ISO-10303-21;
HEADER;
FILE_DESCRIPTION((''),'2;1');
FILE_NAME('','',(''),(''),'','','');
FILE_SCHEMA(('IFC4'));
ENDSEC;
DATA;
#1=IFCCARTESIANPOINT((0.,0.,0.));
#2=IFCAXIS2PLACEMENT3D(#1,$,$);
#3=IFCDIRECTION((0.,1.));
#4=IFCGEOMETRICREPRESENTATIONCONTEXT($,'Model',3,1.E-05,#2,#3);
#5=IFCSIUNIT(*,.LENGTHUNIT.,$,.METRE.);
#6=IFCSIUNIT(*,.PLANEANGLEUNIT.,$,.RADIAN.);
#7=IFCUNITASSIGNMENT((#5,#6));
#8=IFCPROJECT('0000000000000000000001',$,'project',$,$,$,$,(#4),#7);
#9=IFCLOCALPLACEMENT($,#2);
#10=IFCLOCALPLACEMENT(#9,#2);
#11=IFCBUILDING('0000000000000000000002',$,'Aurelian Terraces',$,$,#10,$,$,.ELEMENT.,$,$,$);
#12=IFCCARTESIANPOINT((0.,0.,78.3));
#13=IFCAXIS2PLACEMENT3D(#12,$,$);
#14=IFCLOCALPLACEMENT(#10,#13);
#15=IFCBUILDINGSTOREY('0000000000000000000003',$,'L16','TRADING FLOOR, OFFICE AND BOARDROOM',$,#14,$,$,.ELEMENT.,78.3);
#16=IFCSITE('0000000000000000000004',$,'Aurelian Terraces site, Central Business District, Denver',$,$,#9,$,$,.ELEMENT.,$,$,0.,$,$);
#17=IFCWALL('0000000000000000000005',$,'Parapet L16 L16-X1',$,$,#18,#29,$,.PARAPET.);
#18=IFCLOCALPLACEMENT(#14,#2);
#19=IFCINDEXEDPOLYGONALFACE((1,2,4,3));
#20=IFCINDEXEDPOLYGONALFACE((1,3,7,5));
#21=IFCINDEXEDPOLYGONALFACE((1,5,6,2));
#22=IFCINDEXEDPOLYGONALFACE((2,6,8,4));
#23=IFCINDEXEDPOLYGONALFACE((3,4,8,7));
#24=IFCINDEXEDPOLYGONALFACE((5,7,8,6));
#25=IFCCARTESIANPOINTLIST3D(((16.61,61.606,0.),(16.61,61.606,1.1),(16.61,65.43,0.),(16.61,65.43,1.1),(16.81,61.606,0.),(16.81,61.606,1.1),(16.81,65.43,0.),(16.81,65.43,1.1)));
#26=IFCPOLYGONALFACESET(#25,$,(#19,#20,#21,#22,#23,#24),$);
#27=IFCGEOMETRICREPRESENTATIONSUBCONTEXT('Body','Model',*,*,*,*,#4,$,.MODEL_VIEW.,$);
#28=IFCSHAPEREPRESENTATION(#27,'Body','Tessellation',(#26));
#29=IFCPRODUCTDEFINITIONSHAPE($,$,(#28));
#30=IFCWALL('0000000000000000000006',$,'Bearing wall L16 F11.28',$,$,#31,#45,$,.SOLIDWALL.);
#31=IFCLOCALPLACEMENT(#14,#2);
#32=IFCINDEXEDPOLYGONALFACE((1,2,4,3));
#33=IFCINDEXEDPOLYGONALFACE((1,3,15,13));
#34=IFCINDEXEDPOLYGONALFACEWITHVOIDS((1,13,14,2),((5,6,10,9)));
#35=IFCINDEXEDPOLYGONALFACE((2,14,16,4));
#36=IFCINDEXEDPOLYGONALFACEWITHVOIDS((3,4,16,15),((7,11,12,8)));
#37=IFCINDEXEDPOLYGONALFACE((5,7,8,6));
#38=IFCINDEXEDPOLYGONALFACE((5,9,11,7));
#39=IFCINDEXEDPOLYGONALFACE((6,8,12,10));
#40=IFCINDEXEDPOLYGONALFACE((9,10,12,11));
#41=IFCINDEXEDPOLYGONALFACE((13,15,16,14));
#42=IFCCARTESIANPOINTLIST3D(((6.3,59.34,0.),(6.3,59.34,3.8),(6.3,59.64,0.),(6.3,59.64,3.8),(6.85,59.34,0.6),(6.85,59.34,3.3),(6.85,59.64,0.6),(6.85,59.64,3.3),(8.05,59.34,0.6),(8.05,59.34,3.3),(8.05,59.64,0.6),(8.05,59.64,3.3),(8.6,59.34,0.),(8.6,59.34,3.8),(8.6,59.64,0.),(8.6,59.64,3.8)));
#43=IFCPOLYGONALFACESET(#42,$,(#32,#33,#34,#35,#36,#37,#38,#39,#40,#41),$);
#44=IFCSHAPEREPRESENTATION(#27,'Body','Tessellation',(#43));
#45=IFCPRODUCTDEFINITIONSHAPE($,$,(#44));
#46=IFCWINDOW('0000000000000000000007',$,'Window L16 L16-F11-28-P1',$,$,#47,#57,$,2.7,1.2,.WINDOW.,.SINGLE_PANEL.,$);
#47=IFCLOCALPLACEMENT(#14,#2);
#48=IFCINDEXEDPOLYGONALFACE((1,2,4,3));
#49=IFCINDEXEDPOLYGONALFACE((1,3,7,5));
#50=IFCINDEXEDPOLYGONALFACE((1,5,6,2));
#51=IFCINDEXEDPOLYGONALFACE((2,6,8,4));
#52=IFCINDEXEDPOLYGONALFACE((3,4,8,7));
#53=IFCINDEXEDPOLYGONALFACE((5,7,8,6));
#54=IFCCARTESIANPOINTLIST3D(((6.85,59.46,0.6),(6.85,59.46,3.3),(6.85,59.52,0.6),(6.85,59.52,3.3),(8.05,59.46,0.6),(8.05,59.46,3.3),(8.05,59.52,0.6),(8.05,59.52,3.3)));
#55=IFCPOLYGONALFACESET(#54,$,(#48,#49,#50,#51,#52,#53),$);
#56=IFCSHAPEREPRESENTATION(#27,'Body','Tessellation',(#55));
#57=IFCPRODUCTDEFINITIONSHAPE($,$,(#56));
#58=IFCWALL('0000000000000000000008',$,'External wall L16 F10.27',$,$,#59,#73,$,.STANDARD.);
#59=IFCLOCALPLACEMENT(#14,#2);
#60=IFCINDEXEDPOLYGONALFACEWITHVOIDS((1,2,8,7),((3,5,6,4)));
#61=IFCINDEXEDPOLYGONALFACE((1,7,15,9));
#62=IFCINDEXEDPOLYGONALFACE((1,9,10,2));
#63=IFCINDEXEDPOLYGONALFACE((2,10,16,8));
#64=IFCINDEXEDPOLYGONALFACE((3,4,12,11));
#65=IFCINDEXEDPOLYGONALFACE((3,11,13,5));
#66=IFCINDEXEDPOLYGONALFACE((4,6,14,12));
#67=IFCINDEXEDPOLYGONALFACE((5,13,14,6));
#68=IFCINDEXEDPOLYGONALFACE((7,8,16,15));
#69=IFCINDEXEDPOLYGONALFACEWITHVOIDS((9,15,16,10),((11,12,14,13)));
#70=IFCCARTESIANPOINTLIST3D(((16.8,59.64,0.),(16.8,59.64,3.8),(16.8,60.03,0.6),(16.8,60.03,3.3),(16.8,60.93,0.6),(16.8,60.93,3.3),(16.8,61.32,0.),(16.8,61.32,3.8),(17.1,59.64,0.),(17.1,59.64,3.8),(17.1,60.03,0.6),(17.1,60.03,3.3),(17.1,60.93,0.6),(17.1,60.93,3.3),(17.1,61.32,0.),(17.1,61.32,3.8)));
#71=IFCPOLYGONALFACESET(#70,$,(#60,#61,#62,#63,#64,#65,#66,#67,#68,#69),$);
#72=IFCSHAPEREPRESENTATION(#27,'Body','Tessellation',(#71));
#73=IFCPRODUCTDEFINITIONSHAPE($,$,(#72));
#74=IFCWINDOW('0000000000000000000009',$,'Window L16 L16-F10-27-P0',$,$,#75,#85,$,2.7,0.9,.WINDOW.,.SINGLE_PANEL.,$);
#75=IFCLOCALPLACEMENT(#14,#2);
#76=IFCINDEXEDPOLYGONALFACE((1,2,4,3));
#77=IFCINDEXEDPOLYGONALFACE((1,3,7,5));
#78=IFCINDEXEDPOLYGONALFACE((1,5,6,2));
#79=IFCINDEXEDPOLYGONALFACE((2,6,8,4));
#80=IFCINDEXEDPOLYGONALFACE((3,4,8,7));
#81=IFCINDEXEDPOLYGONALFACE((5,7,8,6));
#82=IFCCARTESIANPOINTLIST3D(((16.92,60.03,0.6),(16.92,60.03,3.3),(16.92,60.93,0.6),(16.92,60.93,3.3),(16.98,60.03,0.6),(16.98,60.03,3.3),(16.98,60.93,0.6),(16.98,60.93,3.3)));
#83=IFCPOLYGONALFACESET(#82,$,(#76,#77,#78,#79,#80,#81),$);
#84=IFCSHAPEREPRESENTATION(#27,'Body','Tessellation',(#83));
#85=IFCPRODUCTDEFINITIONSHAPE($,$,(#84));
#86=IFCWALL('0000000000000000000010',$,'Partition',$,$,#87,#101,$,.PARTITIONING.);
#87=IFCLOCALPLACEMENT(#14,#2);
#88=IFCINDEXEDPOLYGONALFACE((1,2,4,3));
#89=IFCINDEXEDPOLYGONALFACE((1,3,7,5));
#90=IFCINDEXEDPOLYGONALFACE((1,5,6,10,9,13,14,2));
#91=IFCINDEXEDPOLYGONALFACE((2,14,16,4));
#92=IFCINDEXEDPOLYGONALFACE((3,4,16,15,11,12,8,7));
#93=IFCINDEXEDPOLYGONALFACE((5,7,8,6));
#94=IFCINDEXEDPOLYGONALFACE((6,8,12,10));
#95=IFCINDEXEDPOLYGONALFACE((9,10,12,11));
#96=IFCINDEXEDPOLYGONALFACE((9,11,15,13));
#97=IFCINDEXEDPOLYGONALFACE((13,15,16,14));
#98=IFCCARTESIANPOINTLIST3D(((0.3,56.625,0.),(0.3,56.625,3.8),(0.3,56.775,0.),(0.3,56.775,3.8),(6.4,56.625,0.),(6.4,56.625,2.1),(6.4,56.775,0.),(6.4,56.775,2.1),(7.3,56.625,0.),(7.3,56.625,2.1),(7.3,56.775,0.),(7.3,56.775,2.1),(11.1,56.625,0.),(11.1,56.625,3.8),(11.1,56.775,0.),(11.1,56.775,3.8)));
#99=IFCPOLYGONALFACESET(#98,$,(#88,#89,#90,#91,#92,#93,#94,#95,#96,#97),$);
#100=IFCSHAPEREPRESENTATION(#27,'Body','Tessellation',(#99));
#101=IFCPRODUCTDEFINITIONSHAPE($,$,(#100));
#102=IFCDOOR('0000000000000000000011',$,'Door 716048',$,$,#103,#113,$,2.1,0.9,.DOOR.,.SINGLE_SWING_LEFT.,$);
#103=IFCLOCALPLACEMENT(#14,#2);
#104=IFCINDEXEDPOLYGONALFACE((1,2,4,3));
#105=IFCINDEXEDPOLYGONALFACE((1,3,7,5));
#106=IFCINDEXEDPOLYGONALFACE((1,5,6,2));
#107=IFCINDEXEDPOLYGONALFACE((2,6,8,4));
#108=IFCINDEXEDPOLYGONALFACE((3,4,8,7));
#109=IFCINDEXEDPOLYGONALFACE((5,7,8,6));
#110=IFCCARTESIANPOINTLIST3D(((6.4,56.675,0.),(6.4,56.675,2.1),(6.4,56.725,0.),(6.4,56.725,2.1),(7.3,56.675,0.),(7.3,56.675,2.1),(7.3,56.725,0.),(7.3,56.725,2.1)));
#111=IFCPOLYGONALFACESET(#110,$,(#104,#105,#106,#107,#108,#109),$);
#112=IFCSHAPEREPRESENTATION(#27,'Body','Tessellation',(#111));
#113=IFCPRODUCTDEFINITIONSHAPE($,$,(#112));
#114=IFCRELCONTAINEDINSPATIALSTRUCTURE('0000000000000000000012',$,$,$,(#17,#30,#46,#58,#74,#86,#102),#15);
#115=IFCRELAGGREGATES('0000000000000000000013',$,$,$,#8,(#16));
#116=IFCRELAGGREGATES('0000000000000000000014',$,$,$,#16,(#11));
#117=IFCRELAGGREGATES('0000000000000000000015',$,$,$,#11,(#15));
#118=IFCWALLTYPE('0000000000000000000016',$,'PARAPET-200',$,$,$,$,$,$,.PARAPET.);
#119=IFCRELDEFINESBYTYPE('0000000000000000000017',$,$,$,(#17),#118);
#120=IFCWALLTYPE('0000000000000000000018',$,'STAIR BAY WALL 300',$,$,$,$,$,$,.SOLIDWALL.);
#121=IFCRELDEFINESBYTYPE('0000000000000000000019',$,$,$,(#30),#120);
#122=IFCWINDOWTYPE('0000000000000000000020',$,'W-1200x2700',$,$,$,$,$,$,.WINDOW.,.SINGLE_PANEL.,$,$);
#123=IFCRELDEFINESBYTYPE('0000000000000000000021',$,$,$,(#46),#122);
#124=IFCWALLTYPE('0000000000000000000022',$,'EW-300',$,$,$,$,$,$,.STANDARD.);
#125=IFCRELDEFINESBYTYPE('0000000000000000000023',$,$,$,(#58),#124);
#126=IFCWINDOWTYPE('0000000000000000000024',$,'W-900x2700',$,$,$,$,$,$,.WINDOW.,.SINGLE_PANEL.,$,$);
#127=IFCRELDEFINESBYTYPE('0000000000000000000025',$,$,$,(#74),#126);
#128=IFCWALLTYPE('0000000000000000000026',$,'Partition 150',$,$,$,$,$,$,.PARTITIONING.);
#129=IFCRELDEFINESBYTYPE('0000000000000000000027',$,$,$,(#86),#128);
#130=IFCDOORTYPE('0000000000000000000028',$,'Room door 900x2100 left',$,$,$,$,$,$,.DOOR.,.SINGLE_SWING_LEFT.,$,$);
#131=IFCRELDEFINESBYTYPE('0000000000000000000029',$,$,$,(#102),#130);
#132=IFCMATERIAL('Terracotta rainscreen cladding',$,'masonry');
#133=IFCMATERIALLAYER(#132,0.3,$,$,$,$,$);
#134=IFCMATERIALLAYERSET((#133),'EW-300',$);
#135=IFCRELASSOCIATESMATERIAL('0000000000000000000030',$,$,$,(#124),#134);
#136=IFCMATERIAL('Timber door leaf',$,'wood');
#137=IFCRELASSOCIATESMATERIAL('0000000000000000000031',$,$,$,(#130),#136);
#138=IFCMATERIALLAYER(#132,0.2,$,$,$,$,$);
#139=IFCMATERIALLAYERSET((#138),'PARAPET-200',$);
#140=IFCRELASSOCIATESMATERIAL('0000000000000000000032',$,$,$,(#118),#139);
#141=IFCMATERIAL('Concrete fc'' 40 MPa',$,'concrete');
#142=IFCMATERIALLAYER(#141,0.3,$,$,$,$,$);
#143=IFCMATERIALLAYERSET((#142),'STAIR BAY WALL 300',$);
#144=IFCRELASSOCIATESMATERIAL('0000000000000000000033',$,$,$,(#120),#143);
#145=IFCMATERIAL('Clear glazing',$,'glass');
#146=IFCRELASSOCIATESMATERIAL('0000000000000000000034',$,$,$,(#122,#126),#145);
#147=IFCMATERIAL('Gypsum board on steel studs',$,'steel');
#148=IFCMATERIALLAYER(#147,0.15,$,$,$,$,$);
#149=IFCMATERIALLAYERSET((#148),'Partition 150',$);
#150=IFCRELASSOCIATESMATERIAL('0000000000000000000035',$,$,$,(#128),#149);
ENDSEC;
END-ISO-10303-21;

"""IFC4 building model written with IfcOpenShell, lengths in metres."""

from ifc_helpers import new_model, si_unit, direction, frame, frame_2d, origin, place, context, subcontext, project, spatial, rectangle, extrude, source, transform, mapped, material, layer, layer_set, type_object, element, fill, save


model = new_model("IFC4")

# Units and contexts
model_context = context("Model", 3, precision=1e-05, world=origin(), true_north=direction((0.0, 1.0)))
body_context = subcontext(model_context, "Body", "Model", "MODEL_VIEW")
ifc_project = project(units=[si_unit("LENGTHUNIT", "METRE"), si_unit("PLANEANGLEUNIT", "RADIAN")], contexts=[model_context])

# Site, building, storey
site_placement = place(None, origin())
site = spatial("IfcSite", under=ifc_project, at=site_placement, Name="Aurelian Terraces site, Central Business District, Denver", CompositionType="ELEMENT", RefElevation=0.0)
building_placement = place(site_placement, origin())
building = spatial("IfcBuilding", under=site, at=building_placement, Name="Aurelian Terraces", CompositionType="ELEMENT")
storey_placement = place(building_placement, frame((0.0, 0.0, 78.3)))
storey = spatial("IfcBuildingStorey", under=building, at=storey_placement, Name="L16", Description="TRADING FLOOR, OFFICE AND BOARDROOM", CompositionType="ELEMENT", Elevation=78.3)

# Shared definitions
ifc_material_1 = material(Name="Terracotta rainscreen cladding", Category="masonry")
ifc_layer_1 = layer(ifc_material_1, 0.3)
ifc_layer_set_1 = layer_set([ifc_layer_1], Name="EW-300")
wall_type_1 = type_object("IfcWallType", Name="EW-300", PredefinedType="STANDARD", material=ifc_layer_set_1)
ifc_material_2 = material(Name="Clear glazing", Category="glass")

# Shared definitions
ifc_material_3 = material(Name="Gypsum board on steel studs", Category="steel")
shared_shape_1 = source(origin(), body_context, "Body", "SweptSolid", [
    extrude(rectangle(XDim=0.9, YDim=2.1, at=frame_2d((0.45, 1.05))), frame((0.0, 0.085, 0.0), z_axis=(0.0, -1.0, 0.0), x_axis=(1.0, 0.0, 0.0)), (0.0, 0.0, 1.0), 0.17),
])
ifc_material_4 = material(Name="Timber door leaf", Category="wood")
shared_shape_2 = source(origin(), body_context, "Body", "SweptSolid", [
    extrude(rectangle(XDim=0.9, YDim=2.1, at=frame_2d((0.45, 1.05))), frame((0.0, 0.025, 0.0), z_axis=(0.0, -1.0, 0.0), x_axis=(1.0, 0.0, 0.0)), (0.0, 0.0, 1.0), 0.05),
])
door_type_1 = type_object("IfcDoorType", Name="Room door 900x2100 left", OperationType="SINGLE_SWING_LEFT", PredefinedType="DOOR", material=ifc_material_4)

# Wall
ifc_layer_2 = layer(ifc_material_1, 0.2)
ifc_layer_set_2 = layer_set([ifc_layer_2], Name="PARAPET-200")
wall_type_2 = type_object("IfcWallType", Name="PARAPET-200", PredefinedType="PARAPET", material=ifc_layer_set_2)
wall_1_placement = place(storey_placement, frame((16.71, 65.43, 0.0), z_axis=(0.0, 0.0, 1.0), x_axis=(0.0, -1.0, 0.0)))
element("IfcWall", 1, at=wall_1_placement, inside=storey, type_object=wall_type_2, Name="Parapet L16 L16-X1", PredefinedType="PARAPET", context=body_context, shape_type="SweptSolid", body=[
    extrude(rectangle(XDim=3.824, YDim=0.2, at=frame_2d((1.912, 0.0))), origin(), (0.0, 0.0, 1.0), 1.1),
])

# Walls, openings, windows
ifc_material_5 = material(Name="Concrete fc' 40 MPa", Category="concrete")
ifc_layer_3 = layer(ifc_material_5, 0.3)
ifc_layer_set_3 = layer_set([ifc_layer_3], Name="STAIR BAY WALL 300")
wall_type_3 = type_object("IfcWallType", Name="STAIR BAY WALL 300", PredefinedType="SOLIDWALL", material=ifc_layer_set_3)
wall_2_placement = place(storey_placement, frame((8.6, 59.49, 0.0), z_axis=(0.0, 0.0, 1.0), x_axis=(-1.0, 0.0, 0.0)))
wall_2 = element("IfcWall", 2, at=wall_2_placement, inside=storey, type_object=wall_type_3, Name="Bearing wall L16 F11.28", PredefinedType="SOLIDWALL", context=body_context, shape_type="SweptSolid", body=[
    extrude(rectangle(XDim=2.3, YDim=0.3, at=frame_2d((1.15, 0.0))), origin(), (0.0, 0.0, 1.0), 3.8),
])
shared_shape_3 = source(origin(), body_context, "Body", "SweptSolid", [
    extrude(rectangle(XDim=1.2, YDim=2.7, at=frame_2d((0.6, 1.35))), frame((0.0, 0.16, 0.0), z_axis=(0.0, -1.0, 0.0), x_axis=(1.0, 0.0, 0.0)), (0.0, 0.0, 1.0), 0.32),
])
opening_1_placement = place(wall_2_placement, frame((0.55, 0.0, 0.6)))
opening_1 = element("IfcOpeningElement", 3, at=opening_1_placement, cuts=wall_2, PredefinedType="OPENING", context=body_context, shape_type="MappedRepresentation", body=[
    mapped(shared_shape_3, transform((0.0, 0.0, 0.0), scale=1.0)),
])
window_type_1 = type_object("IfcWindowType", Name="W-1200x2700", PartitioningType="SINGLE_PANEL", PredefinedType="WINDOW", material=ifc_material_2)
shared_shape_4 = source(origin(), body_context, "Body", "SweptSolid", [
    extrude(rectangle(XDim=1.2, YDim=2.7, at=frame_2d((0.6, 1.35))), frame((0.0, 0.03, 0.0), z_axis=(0.0, -1.0, 0.0), x_axis=(1.0, 0.0, 0.0)), (0.0, 0.0, 1.0), 0.06),
])
window_1_placement = place(opening_1_placement, origin())
window_1 = element("IfcWindow", 4, at=window_1_placement, inside=storey, type_object=window_type_1, Name="Window L16 L16-F11-28-P1", OverallHeight=2.7, OverallWidth=1.2, PartitioningType="SINGLE_PANEL", PredefinedType="WINDOW", context=body_context, shape_type="MappedRepresentation", body=[
    mapped(shared_shape_4, transform((0.0, 0.0, 0.0), scale=1.0)),
])
fill(opening_1, window_1)
shared_shape_5 = source(origin(), body_context, "Body", "SweptSolid", [
    extrude(rectangle(XDim=1.68, YDim=0.3, at=frame_2d((0.84, 0.0))), origin(), (0.0, 0.0, 1.0), 3.8),
])
wall_3_placement = place(storey_placement, frame((16.95, 61.32, 0.0), z_axis=(0.0, 0.0, 1.0), x_axis=(0.0, -1.0, 0.0)))
wall_3 = element("IfcWall", 5, at=wall_3_placement, inside=storey, type_object=wall_type_1, Name="External wall L16 F10.27", PredefinedType="STANDARD", context=body_context, shape_type="MappedRepresentation", body=[
    mapped(shared_shape_5, transform((0.0, 0.0, 0.0), scale=1.0)),
])
shared_shape_6 = source(origin(), body_context, "Body", "SweptSolid", [
    extrude(rectangle(XDim=0.9, YDim=2.7, at=frame_2d((0.45, 1.35))), frame((0.0, 0.16, 0.0), z_axis=(0.0, -1.0, 0.0), x_axis=(1.0, 0.0, 0.0)), (0.0, 0.0, 1.0), 0.32),
])
opening_2_placement = place(wall_3_placement, frame((0.39, 0.0, 0.6)))
opening_2 = element("IfcOpeningElement", 6, at=opening_2_placement, cuts=wall_3, PredefinedType="OPENING", context=body_context, shape_type="MappedRepresentation", body=[
    mapped(shared_shape_6, transform((0.0, 0.0, 0.0), scale=1.0)),
])
window_type_2 = type_object("IfcWindowType", Name="W-900x2700", PartitioningType="SINGLE_PANEL", PredefinedType="WINDOW", material=ifc_material_2)
shared_shape_7 = source(origin(), body_context, "Body", "SweptSolid", [
    extrude(rectangle(XDim=0.9, YDim=2.7, at=frame_2d((0.45, 1.35))), frame((0.0, 0.03, 0.0), z_axis=(0.0, -1.0, 0.0), x_axis=(1.0, 0.0, 0.0)), (0.0, 0.0, 1.0), 0.06),
])
window_2_placement = place(opening_2_placement, origin())
window_2 = element("IfcWindow", 7, at=window_2_placement, inside=storey, type_object=window_type_2, Name="Window L16 L16-F10-27-P0", OverallHeight=2.7, OverallWidth=0.9, PartitioningType="SINGLE_PANEL", PredefinedType="WINDOW", context=body_context, shape_type="MappedRepresentation", body=[
    mapped(shared_shape_7, transform((0.0, 0.0, 0.0), scale=1.0)),
])
fill(opening_2, window_2)

# Wall, opening, door
ifc_layer_4 = layer(ifc_material_3, 0.15)
ifc_layer_set_4 = layer_set([ifc_layer_4], Name="Partition 150")
wall_type_4 = type_object("IfcWallType", Name="Partition 150", PredefinedType="PARTITIONING", material=ifc_layer_set_4)
shared_shape_8 = source(origin(), body_context, "Body", "SweptSolid", [
    extrude(rectangle(XDim=10.8, YDim=0.15, at=frame_2d((5.4, 0.0))), origin(), (0.0, 0.0, 1.0), 3.8),
])
wall_4_placement = place(storey_placement, frame((11.1, 56.7, 0.0), z_axis=(0.0, 0.0, 1.0), x_axis=(-1.0, 0.0, 0.0)))
wall_4 = element("IfcWall", 8, at=wall_4_placement, inside=storey, type_object=wall_type_4, Name="Partition", PredefinedType="PARTITIONING", context=body_context, shape_type="MappedRepresentation", body=[
    mapped(shared_shape_8, transform((0.0, 0.0, 0.0), scale=1.0)),
])
opening_3_placement = place(wall_4_placement, frame((3.8, 0.0, 0.0)))
opening_3 = element("IfcOpeningElement", 9, at=opening_3_placement, cuts=wall_4, PredefinedType="OPENING", context=body_context, shape_type="MappedRepresentation", body=[
    mapped(shared_shape_1, transform((0.0, 0.0, 0.0), scale=1.0)),
])
door_1_placement = place(opening_3_placement, origin())
door_1 = element("IfcDoor", 10, at=door_1_placement, inside=storey, type_object=door_type_1, Name="Door 716048", OperationType="SINGLE_SWING_LEFT", OverallHeight=2.1, OverallWidth=0.9, PredefinedType="DOOR", context=body_context, shape_type="MappedRepresentation", body=[
    mapped(shared_shape_2, transform((0.0, 0.0, 0.0), scale=1.0)),
])
fill(opening_3, door_1)

save(model, "model.ifc")
